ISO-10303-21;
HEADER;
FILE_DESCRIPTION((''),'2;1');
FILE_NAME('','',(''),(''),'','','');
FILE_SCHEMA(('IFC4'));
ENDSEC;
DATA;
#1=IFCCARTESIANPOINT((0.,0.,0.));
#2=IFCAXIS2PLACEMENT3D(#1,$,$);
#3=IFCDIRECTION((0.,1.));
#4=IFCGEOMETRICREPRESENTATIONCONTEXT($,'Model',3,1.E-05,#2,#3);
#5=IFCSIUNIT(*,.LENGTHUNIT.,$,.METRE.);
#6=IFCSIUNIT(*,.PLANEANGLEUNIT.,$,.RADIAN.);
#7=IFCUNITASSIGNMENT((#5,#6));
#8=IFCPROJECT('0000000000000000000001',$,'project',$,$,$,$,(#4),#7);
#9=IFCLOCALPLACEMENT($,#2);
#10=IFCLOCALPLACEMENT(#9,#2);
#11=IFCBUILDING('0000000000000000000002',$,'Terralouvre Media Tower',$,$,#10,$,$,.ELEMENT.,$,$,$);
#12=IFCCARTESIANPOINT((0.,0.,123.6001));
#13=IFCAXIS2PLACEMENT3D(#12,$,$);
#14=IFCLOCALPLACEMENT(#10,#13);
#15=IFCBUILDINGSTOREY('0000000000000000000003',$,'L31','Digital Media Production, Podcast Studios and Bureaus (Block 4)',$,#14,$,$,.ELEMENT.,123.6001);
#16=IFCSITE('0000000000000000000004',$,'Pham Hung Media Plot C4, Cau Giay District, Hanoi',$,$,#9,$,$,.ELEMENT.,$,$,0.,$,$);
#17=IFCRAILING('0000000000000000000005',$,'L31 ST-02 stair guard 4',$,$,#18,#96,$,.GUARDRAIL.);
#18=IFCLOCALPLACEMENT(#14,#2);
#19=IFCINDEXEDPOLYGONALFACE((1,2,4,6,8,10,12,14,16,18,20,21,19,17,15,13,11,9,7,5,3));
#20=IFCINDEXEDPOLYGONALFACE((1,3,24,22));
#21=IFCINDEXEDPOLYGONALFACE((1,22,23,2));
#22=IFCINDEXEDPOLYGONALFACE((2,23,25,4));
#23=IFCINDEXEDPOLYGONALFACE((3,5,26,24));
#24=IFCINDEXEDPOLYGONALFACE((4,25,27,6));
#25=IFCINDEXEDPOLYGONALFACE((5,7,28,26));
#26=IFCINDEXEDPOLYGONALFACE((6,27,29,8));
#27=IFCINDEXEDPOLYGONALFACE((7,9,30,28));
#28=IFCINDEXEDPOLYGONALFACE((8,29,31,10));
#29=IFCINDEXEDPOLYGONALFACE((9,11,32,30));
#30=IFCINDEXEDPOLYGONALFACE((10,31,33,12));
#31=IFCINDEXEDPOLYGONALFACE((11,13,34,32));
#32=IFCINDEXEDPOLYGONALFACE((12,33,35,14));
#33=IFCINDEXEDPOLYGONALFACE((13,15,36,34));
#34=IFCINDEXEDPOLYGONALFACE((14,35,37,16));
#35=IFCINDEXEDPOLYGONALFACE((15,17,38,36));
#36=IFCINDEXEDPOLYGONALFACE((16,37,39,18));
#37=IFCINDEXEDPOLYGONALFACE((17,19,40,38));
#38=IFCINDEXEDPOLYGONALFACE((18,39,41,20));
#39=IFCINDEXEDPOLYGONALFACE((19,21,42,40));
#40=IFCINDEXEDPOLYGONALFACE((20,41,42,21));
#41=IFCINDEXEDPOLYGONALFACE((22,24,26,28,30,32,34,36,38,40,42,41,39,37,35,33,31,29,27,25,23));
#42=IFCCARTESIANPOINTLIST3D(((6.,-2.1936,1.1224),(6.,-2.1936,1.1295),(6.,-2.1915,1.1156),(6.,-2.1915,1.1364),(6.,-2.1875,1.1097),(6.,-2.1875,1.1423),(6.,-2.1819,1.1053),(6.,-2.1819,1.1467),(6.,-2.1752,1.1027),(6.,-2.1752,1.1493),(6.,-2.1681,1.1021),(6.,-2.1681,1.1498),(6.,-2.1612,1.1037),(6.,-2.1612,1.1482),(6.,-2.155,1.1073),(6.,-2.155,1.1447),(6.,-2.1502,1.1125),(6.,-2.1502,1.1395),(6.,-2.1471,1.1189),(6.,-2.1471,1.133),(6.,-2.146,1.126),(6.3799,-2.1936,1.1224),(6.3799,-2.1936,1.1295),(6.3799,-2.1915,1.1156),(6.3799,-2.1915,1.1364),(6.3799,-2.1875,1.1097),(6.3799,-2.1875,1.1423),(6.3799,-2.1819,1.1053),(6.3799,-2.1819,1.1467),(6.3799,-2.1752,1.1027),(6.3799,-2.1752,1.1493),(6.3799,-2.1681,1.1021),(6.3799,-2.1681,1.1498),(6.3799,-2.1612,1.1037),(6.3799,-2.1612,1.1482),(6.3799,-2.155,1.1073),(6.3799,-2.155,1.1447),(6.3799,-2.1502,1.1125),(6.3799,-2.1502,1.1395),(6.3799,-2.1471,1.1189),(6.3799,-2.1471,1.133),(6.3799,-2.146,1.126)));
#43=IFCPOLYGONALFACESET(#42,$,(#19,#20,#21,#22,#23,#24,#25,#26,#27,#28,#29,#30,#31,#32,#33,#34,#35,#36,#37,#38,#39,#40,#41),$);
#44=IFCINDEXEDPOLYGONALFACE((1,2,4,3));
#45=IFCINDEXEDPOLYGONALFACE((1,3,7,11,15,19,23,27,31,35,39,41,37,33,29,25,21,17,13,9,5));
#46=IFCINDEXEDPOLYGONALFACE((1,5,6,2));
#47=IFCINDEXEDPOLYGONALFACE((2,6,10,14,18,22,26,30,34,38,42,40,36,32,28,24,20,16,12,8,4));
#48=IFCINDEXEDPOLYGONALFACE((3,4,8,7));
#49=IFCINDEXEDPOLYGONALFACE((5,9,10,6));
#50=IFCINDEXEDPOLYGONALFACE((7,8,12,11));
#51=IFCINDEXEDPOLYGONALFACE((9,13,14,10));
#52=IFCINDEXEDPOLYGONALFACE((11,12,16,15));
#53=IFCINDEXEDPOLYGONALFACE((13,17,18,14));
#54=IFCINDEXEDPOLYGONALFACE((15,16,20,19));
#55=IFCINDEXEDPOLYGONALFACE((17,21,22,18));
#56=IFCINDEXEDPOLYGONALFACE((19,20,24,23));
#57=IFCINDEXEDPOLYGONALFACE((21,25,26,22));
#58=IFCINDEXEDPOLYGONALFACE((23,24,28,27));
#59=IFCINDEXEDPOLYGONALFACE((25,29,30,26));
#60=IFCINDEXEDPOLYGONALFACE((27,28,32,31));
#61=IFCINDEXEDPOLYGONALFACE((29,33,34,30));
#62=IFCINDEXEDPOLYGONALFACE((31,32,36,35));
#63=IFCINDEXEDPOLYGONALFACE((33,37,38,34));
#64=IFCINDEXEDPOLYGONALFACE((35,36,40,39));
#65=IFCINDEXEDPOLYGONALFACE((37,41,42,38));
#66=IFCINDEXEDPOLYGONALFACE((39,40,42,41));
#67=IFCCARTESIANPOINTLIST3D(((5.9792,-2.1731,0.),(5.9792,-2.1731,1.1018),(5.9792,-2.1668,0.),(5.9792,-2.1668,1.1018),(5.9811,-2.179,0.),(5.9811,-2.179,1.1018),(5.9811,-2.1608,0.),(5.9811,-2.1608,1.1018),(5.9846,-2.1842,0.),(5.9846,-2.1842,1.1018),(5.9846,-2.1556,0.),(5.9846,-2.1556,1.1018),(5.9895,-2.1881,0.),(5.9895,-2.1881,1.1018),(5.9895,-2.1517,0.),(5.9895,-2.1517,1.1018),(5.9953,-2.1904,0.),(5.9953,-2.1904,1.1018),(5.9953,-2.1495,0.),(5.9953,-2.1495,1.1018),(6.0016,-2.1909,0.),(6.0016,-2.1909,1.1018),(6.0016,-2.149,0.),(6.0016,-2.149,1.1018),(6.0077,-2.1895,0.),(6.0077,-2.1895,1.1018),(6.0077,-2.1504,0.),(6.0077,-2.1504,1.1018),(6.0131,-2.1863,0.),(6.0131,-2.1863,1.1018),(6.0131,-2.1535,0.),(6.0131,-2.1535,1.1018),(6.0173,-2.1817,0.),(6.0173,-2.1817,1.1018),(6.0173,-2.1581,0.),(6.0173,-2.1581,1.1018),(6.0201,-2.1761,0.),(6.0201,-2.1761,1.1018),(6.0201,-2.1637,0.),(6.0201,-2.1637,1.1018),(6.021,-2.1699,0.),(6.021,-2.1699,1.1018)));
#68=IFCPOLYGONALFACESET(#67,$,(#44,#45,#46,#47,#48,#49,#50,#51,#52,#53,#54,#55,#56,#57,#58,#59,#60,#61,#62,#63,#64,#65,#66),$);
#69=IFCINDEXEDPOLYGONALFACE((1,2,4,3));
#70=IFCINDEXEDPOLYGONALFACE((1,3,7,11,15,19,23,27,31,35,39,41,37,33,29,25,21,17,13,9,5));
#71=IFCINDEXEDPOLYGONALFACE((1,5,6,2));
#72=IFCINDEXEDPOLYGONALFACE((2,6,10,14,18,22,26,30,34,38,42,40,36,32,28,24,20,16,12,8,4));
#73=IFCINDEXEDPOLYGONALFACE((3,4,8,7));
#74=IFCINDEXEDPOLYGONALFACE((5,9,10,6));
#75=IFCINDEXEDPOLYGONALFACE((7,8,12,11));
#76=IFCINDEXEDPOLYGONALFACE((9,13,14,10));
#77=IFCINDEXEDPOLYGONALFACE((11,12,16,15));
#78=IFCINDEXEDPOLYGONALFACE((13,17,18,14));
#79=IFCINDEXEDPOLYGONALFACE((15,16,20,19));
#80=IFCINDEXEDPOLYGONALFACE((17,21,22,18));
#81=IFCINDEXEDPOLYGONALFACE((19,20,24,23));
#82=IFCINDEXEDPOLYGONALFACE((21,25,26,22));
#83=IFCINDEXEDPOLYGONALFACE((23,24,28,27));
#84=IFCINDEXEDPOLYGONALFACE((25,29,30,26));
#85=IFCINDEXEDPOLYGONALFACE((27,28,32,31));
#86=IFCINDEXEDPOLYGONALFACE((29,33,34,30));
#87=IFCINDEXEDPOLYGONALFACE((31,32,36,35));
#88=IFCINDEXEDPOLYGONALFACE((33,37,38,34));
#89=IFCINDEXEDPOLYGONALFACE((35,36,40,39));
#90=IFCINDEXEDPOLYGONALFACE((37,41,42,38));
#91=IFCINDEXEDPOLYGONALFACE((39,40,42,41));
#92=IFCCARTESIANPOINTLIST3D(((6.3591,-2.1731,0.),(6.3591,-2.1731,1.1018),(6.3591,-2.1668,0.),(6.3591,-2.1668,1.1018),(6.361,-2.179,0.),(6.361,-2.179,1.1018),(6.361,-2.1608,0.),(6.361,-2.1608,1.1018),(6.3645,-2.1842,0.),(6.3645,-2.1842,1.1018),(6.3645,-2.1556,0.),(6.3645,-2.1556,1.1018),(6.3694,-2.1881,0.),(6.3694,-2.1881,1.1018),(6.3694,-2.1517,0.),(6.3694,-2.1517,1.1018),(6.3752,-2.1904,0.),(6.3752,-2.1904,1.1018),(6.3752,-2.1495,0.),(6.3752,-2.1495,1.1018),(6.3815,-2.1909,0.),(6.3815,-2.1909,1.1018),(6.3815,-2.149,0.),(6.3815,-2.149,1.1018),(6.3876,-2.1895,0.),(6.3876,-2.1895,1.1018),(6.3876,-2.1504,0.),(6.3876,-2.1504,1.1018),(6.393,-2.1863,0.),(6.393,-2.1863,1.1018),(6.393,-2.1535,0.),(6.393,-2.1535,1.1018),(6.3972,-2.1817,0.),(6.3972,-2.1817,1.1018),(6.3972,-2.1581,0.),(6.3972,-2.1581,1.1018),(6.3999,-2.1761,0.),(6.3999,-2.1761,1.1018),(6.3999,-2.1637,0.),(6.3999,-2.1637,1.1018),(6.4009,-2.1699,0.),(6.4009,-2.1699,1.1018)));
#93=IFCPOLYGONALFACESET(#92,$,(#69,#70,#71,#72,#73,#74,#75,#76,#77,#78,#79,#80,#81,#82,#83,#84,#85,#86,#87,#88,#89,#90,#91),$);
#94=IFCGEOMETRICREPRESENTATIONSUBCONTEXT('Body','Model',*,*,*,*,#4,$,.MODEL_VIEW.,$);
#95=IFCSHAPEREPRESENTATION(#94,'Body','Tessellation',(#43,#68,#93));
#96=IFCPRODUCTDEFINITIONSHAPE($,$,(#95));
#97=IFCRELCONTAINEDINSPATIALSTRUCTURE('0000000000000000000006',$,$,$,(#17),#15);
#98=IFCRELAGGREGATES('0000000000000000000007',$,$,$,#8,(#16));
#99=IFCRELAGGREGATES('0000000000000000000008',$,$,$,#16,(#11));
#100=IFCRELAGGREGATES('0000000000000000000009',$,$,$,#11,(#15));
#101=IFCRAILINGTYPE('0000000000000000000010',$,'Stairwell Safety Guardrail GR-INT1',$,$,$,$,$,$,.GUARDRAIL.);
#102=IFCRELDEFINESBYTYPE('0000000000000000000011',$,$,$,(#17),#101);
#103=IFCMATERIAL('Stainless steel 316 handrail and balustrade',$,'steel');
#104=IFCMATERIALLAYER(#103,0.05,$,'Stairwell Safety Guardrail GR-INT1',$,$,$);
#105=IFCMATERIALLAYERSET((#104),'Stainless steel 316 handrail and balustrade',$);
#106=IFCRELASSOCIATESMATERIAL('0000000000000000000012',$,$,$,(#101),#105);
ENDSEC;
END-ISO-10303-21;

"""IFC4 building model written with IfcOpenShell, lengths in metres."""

from ifc_helpers import new_model, si_unit, direction, frame, origin, origin_2d, place, context, subcontext, project, spatial, circle, extrude, material, layer, layer_set, type_object, element, save


model = new_model("IFC4")

# Units and contexts
model_context = context("Model", 3, precision=1e-05, world=origin(), true_north=direction((0.0, 1.0)))
body_context = subcontext(model_context, "Body", "Model", "MODEL_VIEW")
ifc_project = project(units=[si_unit("LENGTHUNIT", "METRE"), si_unit("PLANEANGLEUNIT", "RADIAN")], contexts=[model_context])

# Site, building, storey
site_placement = place(None, origin())
site = spatial("IfcSite", under=ifc_project, at=site_placement, Name="Pham Hung Media Plot C4, Cau Giay District, Hanoi", CompositionType="ELEMENT", RefElevation=0.0)
building_placement = place(site_placement, origin())
building = spatial("IfcBuilding", under=site, at=building_placement, Name="Terralouvre Media Tower", CompositionType="ELEMENT")
storey_placement = place(building_placement, frame((0.0, 0.0, 123.6001)))
storey = spatial("IfcBuildingStorey", under=building, at=storey_placement, Name="L31", Description="Digital Media Production, Podcast Studios and Bureaus (Block 4)", CompositionType="ELEMENT", Elevation=123.6001)

# Railing
ifc_material_1 = material(Name="Stainless steel 316 handrail and balustrade", Category="steel")
ifc_layer_1 = layer(ifc_material_1, 0.05, Name="Stairwell Safety Guardrail GR-INT1")
ifc_layer_set_1 = layer_set([ifc_layer_1], Name="Stainless steel 316 handrail and balustrade")
railing_type_1 = type_object("IfcRailingType", Name="Stairwell Safety Guardrail GR-INT1", PredefinedType="GUARDRAIL", material=ifc_layer_set_1)
railing_1_placement = place(storey_placement, frame((6.0, -2.1699, 0.0)))
element("IfcRailing", 1, at=railing_1_placement, inside=storey, type_object=railing_type_1, Name="L31 ST-02 stair guard 4", PredefinedType="GUARDRAIL", context=body_context, shape_type="SweptSolid", body=[
    extrude(circle(Radius=0.0239, at=origin_2d()), frame((0.0, 0.0, 1.126), z_axis=(1.0, 0.0, 0.0), x_axis=(0.0, 1.0, 0.0)), (0.0, 0.0, 1.0), 0.3799),
    extrude(circle(Radius=0.021, at=origin_2d()), origin(), (0.0, 0.0, 1.0), 1.1018),
    extrude(circle(Radius=0.021, at=origin_2d()), frame((0.3799, 0.0, 0.0)), (0.0, 0.0, 1.0), 1.1018),
])

save(model, "model.ifc")
